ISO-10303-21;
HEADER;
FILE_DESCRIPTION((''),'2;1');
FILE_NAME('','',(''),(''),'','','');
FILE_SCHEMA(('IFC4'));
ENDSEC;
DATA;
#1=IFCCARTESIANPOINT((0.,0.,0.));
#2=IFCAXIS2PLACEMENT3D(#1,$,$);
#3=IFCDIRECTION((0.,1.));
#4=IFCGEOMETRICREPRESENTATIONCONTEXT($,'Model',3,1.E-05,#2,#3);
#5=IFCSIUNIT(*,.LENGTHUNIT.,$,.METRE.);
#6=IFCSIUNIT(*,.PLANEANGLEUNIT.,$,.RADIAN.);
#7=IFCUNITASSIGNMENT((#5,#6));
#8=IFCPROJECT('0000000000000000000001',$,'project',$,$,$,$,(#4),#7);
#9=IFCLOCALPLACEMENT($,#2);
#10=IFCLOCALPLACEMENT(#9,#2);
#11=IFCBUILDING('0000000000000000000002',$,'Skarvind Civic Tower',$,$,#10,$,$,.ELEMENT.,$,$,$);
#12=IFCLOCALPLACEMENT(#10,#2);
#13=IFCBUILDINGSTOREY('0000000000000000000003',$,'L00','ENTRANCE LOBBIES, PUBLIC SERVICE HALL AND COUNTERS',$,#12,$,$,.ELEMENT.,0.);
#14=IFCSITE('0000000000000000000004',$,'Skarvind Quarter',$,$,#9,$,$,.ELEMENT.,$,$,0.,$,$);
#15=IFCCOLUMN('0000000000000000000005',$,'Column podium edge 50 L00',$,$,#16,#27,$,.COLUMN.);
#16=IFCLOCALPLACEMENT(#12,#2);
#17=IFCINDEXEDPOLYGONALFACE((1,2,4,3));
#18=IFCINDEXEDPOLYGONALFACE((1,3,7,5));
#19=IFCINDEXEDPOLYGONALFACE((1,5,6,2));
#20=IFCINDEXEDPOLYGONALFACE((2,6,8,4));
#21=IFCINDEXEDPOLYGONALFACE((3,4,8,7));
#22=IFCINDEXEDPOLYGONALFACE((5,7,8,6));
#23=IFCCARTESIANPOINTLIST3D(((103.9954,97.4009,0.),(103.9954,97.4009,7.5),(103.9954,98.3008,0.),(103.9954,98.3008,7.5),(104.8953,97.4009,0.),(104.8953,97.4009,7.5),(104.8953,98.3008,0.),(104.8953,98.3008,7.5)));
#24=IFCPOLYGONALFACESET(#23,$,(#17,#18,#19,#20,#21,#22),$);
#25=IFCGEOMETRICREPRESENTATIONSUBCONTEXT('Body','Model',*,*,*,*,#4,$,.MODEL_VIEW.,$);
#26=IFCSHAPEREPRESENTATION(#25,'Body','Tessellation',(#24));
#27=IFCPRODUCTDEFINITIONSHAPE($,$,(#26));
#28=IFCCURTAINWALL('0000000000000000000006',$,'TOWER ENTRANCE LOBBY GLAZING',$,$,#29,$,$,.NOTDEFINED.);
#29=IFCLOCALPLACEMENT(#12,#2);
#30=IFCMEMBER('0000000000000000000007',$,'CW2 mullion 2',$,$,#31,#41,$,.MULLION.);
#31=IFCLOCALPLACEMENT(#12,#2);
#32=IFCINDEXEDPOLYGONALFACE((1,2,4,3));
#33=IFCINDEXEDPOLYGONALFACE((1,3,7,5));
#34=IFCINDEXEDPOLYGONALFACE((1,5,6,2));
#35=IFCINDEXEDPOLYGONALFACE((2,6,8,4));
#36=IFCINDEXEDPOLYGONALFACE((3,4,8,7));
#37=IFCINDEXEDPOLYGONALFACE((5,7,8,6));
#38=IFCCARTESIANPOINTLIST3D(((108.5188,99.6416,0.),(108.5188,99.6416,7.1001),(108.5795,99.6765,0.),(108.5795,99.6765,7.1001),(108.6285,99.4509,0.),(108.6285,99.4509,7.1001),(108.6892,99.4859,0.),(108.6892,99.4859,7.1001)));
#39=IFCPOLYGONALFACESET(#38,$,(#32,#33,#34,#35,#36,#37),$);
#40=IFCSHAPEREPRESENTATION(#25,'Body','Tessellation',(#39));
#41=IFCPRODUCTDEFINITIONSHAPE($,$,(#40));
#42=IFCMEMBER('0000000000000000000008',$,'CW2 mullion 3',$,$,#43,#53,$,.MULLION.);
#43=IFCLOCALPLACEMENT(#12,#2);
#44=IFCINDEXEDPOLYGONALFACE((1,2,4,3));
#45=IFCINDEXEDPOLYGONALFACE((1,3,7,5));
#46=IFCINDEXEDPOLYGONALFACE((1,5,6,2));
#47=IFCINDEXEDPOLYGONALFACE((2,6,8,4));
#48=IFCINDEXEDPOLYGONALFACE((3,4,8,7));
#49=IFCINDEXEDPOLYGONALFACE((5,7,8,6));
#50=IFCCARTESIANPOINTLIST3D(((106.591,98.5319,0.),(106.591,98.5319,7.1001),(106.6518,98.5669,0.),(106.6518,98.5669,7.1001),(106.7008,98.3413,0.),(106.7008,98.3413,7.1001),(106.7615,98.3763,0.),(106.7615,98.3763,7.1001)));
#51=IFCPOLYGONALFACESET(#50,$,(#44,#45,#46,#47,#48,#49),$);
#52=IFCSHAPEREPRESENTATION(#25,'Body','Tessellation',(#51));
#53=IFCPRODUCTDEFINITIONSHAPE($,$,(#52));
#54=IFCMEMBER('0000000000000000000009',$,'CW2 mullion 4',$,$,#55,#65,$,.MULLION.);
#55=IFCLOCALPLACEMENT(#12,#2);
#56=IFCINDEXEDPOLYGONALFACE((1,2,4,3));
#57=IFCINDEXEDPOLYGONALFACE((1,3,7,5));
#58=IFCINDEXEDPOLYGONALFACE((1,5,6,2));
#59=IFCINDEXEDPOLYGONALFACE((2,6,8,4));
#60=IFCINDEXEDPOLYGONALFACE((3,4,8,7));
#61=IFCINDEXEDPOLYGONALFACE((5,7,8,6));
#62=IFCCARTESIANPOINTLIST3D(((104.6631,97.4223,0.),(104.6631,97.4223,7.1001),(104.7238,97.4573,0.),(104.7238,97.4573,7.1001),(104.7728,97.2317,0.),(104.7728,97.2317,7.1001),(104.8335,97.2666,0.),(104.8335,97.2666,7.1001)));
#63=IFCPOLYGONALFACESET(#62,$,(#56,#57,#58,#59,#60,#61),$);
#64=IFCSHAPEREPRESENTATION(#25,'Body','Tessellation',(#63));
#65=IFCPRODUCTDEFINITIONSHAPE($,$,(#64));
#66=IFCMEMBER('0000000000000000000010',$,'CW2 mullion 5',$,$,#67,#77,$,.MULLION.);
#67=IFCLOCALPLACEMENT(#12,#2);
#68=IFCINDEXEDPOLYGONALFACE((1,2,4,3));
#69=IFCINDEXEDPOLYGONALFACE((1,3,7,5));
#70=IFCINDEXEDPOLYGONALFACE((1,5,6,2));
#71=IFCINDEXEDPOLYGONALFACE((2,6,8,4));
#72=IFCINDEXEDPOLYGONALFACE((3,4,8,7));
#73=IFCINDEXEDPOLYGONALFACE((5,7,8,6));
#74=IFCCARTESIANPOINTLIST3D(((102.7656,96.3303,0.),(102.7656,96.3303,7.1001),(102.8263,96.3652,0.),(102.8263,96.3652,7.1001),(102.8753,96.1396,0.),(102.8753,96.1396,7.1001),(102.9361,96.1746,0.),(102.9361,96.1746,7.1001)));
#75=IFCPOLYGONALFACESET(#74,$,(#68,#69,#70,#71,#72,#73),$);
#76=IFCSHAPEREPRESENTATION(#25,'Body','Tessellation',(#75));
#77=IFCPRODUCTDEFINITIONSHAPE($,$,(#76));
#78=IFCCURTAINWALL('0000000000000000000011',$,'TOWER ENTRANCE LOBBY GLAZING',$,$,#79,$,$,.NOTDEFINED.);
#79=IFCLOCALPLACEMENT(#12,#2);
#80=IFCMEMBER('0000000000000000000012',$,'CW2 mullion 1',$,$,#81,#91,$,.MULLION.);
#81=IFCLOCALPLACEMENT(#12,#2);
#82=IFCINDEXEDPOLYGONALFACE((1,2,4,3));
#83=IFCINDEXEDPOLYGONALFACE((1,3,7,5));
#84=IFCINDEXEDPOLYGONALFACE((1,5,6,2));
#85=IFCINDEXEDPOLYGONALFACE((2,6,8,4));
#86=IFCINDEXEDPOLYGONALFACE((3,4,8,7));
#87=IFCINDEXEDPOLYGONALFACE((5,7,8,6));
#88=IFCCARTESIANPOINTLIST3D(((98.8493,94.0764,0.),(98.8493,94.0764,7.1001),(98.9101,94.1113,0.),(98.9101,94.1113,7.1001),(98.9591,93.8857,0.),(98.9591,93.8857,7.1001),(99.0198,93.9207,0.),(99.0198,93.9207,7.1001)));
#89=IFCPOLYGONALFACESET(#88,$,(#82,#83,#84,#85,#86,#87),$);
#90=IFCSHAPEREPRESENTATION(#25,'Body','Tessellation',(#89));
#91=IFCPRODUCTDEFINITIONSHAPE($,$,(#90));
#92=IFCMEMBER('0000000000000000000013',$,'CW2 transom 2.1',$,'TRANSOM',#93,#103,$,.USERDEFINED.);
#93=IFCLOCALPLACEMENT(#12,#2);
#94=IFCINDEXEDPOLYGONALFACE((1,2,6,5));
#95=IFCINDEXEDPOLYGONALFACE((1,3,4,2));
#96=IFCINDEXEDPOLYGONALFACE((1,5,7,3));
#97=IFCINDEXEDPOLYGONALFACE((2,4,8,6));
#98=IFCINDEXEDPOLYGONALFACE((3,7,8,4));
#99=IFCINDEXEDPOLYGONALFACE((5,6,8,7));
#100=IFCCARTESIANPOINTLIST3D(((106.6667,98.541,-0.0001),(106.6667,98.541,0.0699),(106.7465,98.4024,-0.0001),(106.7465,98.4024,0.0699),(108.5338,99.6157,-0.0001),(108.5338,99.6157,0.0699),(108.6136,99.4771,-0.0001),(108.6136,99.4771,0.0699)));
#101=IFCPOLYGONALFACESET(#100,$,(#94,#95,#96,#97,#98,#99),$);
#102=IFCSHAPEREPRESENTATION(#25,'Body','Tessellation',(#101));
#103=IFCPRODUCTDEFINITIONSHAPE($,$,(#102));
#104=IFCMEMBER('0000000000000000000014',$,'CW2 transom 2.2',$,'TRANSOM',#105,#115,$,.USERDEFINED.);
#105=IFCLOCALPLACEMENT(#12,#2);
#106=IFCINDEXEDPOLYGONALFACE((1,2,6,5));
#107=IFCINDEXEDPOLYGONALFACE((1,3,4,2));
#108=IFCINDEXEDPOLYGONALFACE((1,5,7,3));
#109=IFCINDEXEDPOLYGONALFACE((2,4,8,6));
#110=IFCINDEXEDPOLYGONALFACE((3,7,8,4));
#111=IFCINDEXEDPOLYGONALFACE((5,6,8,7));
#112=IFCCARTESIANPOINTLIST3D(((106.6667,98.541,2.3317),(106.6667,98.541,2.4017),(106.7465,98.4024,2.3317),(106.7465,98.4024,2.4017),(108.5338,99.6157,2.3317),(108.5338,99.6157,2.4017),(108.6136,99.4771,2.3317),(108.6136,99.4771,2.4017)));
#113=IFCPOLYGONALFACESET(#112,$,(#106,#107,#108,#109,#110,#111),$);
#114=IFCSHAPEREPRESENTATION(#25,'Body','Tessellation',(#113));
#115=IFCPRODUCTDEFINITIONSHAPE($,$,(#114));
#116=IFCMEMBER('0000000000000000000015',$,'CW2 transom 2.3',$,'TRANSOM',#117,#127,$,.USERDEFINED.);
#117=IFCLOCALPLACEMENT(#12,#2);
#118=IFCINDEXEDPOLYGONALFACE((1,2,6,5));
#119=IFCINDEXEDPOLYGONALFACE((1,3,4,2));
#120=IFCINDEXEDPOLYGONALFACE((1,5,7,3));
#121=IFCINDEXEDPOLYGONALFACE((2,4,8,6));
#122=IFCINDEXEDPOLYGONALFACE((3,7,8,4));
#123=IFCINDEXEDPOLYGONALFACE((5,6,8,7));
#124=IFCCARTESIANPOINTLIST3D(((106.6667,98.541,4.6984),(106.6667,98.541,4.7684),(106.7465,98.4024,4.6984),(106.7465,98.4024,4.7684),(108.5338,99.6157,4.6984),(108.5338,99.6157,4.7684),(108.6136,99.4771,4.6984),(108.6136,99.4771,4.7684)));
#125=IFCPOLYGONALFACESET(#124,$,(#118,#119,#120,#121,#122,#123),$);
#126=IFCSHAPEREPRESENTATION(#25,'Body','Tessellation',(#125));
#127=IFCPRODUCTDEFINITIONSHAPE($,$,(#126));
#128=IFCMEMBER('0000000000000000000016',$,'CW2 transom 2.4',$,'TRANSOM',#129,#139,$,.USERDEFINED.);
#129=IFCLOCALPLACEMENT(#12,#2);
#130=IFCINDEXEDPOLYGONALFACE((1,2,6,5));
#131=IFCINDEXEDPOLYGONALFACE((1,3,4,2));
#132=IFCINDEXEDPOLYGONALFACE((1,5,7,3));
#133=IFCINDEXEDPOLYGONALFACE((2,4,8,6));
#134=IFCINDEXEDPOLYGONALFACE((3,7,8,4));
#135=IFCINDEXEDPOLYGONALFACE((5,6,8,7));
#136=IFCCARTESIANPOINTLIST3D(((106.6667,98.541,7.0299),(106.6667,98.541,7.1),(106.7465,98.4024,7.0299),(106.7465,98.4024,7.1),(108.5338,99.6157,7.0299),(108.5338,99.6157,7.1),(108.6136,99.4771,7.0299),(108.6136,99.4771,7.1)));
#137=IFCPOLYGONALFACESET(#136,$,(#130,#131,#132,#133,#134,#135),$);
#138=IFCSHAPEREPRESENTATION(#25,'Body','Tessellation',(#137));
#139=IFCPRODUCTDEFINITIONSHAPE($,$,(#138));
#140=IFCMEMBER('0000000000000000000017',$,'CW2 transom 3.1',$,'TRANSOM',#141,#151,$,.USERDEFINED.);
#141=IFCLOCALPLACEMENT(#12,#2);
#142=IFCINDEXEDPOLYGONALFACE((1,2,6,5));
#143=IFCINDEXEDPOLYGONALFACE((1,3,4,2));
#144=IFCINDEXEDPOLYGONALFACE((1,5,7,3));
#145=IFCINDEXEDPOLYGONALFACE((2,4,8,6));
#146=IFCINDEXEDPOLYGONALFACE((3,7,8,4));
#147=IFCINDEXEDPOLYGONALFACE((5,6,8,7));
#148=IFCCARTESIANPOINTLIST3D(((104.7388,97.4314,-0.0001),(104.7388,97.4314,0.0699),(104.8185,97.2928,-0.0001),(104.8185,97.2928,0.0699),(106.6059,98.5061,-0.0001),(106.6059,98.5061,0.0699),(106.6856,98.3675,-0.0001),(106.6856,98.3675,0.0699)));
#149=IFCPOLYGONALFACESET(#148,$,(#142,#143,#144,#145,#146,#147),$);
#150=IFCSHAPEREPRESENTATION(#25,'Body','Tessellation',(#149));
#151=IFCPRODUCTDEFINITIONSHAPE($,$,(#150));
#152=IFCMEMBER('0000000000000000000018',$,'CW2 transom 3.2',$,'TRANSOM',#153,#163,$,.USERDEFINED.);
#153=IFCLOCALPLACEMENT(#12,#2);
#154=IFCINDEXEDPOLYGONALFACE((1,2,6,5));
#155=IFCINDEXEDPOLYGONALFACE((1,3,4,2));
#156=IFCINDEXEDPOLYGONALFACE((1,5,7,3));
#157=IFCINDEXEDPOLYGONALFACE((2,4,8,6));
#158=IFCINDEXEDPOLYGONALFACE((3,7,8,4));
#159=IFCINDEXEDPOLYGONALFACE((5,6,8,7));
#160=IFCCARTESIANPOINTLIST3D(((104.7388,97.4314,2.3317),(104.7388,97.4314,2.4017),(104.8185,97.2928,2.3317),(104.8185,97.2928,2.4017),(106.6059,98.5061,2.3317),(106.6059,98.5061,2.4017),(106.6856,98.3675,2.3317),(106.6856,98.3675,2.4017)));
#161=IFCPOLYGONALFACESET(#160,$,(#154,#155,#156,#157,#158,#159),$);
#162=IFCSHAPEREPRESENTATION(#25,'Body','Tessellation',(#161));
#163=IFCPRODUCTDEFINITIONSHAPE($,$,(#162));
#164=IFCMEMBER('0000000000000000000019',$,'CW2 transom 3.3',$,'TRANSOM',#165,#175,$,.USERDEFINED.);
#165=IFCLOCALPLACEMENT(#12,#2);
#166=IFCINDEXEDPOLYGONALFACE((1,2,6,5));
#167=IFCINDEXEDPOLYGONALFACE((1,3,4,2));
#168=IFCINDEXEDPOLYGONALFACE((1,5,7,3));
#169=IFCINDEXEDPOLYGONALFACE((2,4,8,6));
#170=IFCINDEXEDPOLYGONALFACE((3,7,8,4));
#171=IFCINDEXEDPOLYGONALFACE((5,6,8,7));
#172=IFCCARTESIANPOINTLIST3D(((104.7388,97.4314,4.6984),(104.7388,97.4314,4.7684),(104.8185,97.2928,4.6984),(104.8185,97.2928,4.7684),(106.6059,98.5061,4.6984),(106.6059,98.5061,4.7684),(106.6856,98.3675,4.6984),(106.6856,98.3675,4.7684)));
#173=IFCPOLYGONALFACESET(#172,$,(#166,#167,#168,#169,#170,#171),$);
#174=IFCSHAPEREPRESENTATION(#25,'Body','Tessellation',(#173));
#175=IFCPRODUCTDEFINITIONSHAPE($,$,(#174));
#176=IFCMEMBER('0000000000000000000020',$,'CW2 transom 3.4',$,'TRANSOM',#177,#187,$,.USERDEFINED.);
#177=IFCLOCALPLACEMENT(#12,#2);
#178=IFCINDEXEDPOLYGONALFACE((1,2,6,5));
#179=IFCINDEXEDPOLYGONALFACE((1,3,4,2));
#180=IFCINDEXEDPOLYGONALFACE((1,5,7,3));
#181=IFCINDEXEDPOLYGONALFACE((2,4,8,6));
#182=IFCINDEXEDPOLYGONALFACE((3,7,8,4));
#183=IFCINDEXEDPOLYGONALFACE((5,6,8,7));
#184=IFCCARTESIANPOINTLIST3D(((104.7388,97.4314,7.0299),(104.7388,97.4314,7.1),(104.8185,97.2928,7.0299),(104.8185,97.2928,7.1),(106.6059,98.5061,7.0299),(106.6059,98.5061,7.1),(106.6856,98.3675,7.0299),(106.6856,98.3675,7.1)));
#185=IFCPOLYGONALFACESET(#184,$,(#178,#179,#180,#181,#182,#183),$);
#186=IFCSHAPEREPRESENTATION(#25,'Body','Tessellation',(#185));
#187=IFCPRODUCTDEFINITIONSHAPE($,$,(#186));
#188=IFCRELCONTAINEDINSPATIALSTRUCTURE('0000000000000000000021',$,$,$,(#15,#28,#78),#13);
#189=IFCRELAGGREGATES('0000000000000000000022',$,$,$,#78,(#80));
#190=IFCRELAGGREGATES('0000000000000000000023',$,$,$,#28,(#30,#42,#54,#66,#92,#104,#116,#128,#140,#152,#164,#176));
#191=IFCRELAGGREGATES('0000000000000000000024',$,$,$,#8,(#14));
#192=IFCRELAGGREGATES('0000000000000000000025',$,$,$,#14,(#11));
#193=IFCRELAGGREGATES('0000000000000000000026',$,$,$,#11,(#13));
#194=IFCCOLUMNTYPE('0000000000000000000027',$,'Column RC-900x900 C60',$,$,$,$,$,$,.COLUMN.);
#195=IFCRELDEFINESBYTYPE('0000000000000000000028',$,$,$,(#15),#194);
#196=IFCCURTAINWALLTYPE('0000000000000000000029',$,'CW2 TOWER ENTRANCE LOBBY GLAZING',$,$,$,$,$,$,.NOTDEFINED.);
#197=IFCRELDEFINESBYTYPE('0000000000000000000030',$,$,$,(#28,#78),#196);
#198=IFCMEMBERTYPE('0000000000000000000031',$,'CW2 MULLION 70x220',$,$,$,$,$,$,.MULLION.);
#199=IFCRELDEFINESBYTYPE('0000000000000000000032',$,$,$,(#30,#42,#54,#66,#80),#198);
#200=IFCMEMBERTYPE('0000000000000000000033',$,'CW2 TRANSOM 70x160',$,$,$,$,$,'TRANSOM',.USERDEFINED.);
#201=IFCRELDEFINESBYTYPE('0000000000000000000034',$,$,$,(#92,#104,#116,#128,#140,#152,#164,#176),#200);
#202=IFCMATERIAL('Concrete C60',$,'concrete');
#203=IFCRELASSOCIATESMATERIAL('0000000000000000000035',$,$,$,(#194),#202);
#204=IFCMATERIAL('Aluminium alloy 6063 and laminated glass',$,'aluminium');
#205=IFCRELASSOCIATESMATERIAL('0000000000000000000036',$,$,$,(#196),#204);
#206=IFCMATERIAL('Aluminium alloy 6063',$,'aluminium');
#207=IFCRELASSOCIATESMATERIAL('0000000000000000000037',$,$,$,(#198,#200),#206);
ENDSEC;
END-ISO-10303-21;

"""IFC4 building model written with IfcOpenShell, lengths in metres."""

from ifc_helpers import new_model, si_unit, direction, frame, origin, origin_2d, place, context, subcontext, project, spatial, rectangle, extrude, material, material_profile, profile_set, type_object, element, aggregate, save


model = new_model("IFC4")

# Units and contexts
model_context = context("Model", 3, precision=1e-05, world=origin(), true_north=direction((0.0, 1.0)))
body_context = subcontext(model_context, "Body", "Model", "MODEL_VIEW")
ifc_project = project(units=[si_unit("LENGTHUNIT", "METRE"), si_unit("PLANEANGLEUNIT", "RADIAN")], contexts=[model_context])

# Site, building, storey
site_placement = place(None, origin())
site = spatial("IfcSite", under=ifc_project, at=site_placement, Name="Skarvind Quarter", CompositionType="ELEMENT", RefElevation=0.0)
building_placement = place(site_placement, origin())
building = spatial("IfcBuilding", under=site, at=building_placement, Name="Skarvind Civic Tower", CompositionType="ELEMENT")
storey_placement = place(building_placement, origin())
storey = spatial("IfcBuildingStorey", under=building, at=storey_placement, Name="L00", Description="ENTRANCE LOBBIES, PUBLIC SERVICE HALL AND COUNTERS", CompositionType="ELEMENT", Elevation=0.0)

# Column
ifc_material_1 = material(Name="Concrete C60", Category="concrete")
ifc_material_profile_1 = material_profile(ifc_material_1, rectangle(XDim=0.8999, YDim=0.8999, at=origin_2d()), Name="RC-900x900")
ifc_profile_set_1 = profile_set([ifc_material_profile_1], Name="Concrete C60")
column_type = type_object("IfcColumnType", Name="Column RC-900x900 C60", PredefinedType="COLUMN", material=ifc_profile_set_1)
column_placement = place(storey_placement, frame((104.4453, 97.8508, 0.0), z_axis=(0.0, 0.0, 1.0), x_axis=(1.0, 0.0, 0.0)))
element("IfcColumn", 1, at=column_placement, inside=storey, type_object=column_type, Name="Column podium edge 50 L00", PredefinedType="COLUMN", context=body_context, shape_type="SweptSolid", body=[
    extrude(rectangle(XDim=0.8999, YDim=0.8999, at=origin_2d()), origin(), (0.0, 0.0, 1.0), 7.5),
])

# Curtain wall, members
ifc_material_2 = material(Name="Aluminium alloy 6063 and laminated glass", Category="aluminium")
curtain_wall_type = type_object("IfcCurtainWallType", Name="CW2 TOWER ENTRANCE LOBBY GLAZING", PredefinedType="NOTDEFINED", material=ifc_material_2)
curtain_wall_1_placement = place(storey_placement, origin())
curtain_wall_1 = element("IfcCurtainWall", 2, at=curtain_wall_1_placement, inside=storey, type_object=curtain_wall_type, Name="TOWER ENTRANCE LOBBY GLAZING", PredefinedType="NOTDEFINED")
ifc_material_3 = material(Name="Aluminium alloy 6063", Category="aluminium")
ifc_material_profile_2 = material_profile(ifc_material_3, rectangle(XDim=0.22, YDim=0.0701, at=origin_2d()), Name="AL 70x220")
ifc_profile_set_2 = profile_set([ifc_material_profile_2], Name="Aluminium alloy 6063")
member_type_1 = type_object("IfcMemberType", Name="CW2 MULLION 70x220", PredefinedType="MULLION", material=ifc_profile_set_2)
member_1_placement = place(storey_placement, frame((108.604, 99.5637, 0.0), z_axis=(0.0, 0.0, 1.0), x_axis=(0.49883, -0.8667, 0.0)))
member_1 = element("IfcMember", 3, at=member_1_placement, type_object=member_type_1, Name="CW2 mullion 2", PredefinedType="MULLION", context=body_context, shape_type="SweptSolid", body=[
    extrude(rectangle(XDim=0.22, YDim=0.0701, at=origin_2d()), origin(), (0.0, 0.0, 1.0), 7.1001),
])
member_2_placement = place(storey_placement, frame((106.6763, 98.4541, 0.0), z_axis=(0.0, 0.0, 1.0), x_axis=(0.49883, -0.8667, 0.0)))
member_2 = element("IfcMember", 4, at=member_2_placement, type_object=member_type_1, Name="CW2 mullion 3", PredefinedType="MULLION", context=body_context, shape_type="SweptSolid", body=[
    extrude(rectangle(XDim=0.22, YDim=0.0701, at=origin_2d()), origin(), (0.0, 0.0, 1.0), 7.1001),
])
member_3_placement = place(storey_placement, frame((104.7483, 97.3445, 0.0), z_axis=(0.0, 0.0, 1.0), x_axis=(0.49883, -0.8667, 0.0)))
member_3 = element("IfcMember", 5, at=member_3_placement, type_object=member_type_1, Name="CW2 mullion 4", PredefinedType="MULLION", context=body_context, shape_type="SweptSolid", body=[
    extrude(rectangle(XDim=0.22, YDim=0.0701, at=origin_2d()), origin(), (0.0, 0.0, 1.0), 7.1001),
])
member_4_placement = place(storey_placement, frame((102.8508, 96.2524, 0.0), z_axis=(0.0, 0.0, 1.0), x_axis=(0.49883, -0.8667, 0.0)))
member_4 = element("IfcMember", 6, at=member_4_placement, type_object=member_type_1, Name="CW2 mullion 5", PredefinedType="MULLION", context=body_context, shape_type="SweptSolid", body=[
    extrude(rectangle(XDim=0.22, YDim=0.0701, at=origin_2d()), origin(), (0.0, 0.0, 1.0), 7.1001),
])

# Curtain wall, member
curtain_wall_2_placement = place(storey_placement, origin())
curtain_wall_2 = element("IfcCurtainWall", 7, at=curtain_wall_2_placement, inside=storey, type_object=curtain_wall_type, Name="TOWER ENTRANCE LOBBY GLAZING", PredefinedType="NOTDEFINED")
member_5_placement = place(storey_placement, frame((98.9346, 93.9985, 0.0), z_axis=(0.0, 0.0, 1.0), x_axis=(0.49883, -0.8667, 0.0)))
member_5 = element("IfcMember", 8, at=member_5_placement, type_object=member_type_1, Name="CW2 mullion 1", PredefinedType="MULLION", context=body_context, shape_type="SweptSolid", body=[
    extrude(rectangle(XDim=0.22, YDim=0.0701, at=origin_2d()), origin(), (0.0, 0.0, 1.0), 7.1001),
])

# Members
ifc_material_profile_3 = material_profile(ifc_material_3, rectangle(XDim=0.1599, YDim=0.0701, at=origin_2d()), Name="AL 70x160")
ifc_profile_set_3 = profile_set([ifc_material_profile_3], Name="Aluminium alloy 6063")
member_type_2 = type_object("IfcMemberType", Name="CW2 TRANSOM 70x160", ElementType="TRANSOM", PredefinedType="USERDEFINED", material=ifc_profile_set_3)
member_6_placement = place(storey_placement, frame((108.5737, 99.5464, 0.0349), z_axis=(-0.866691, -0.498846, 0.0), x_axis=(0.498846, -0.866691, 0.0)))
member_6 = element("IfcMember", 9, at=member_6_placement, type_object=member_type_2, Name="CW2 transom 2.1", ObjectType="TRANSOM", PredefinedType="USERDEFINED", context=body_context, shape_type="SweptSolid", body=[
    extrude(rectangle(XDim=0.1599, YDim=0.0701, at=origin_2d()), origin(), (0.0, 0.0, 1.0), 2.1543),
])
member_7_placement = place(storey_placement, frame((108.5737, 99.5464, 2.3667), z_axis=(-0.866691, -0.498846, 0.0), x_axis=(0.498846, -0.866691, 0.0)))
member_7 = element("IfcMember", 10, at=member_7_placement, type_object=member_type_2, Name="CW2 transom 2.2", ObjectType="TRANSOM", PredefinedType="USERDEFINED", context=body_context, shape_type="SweptSolid", body=[
    extrude(rectangle(XDim=0.1599, YDim=0.0701, at=origin_2d()), origin(), (0.0, 0.0, 1.0), 2.1543),
])
member_8_placement = place(storey_placement, frame((108.5737, 99.5464, 4.7334), z_axis=(-0.866691, -0.498846, 0.0), x_axis=(0.498846, -0.866691, 0.0)))
member_8 = element("IfcMember", 11, at=member_8_placement, type_object=member_type_2, Name="CW2 transom 2.3", ObjectType="TRANSOM", PredefinedType="USERDEFINED", context=body_context, shape_type="SweptSolid", body=[
    extrude(rectangle(XDim=0.1599, YDim=0.0701, at=origin_2d()), origin(), (0.0, 0.0, 1.0), 2.1543),
])
member_9_placement = place(storey_placement, frame((108.5737, 99.5464, 7.0649), z_axis=(-0.866691, -0.498846, 0.0), x_axis=(0.498846, -0.866691, 0.0)))
member_9 = element("IfcMember", 12, at=member_9_placement, type_object=member_type_2, Name="CW2 transom 2.4", ObjectType="TRANSOM", PredefinedType="USERDEFINED", context=body_context, shape_type="SweptSolid", body=[
    extrude(rectangle(XDim=0.1599, YDim=0.0701, at=origin_2d()), origin(), (0.0, 0.0, 1.0), 2.1543),
])
member_10_placement = place(storey_placement, frame((106.6458, 98.4368, 0.0349), z_axis=(-0.866691, -0.498846, 0.0), x_axis=(0.498846, -0.866691, 0.0)))
member_10 = element("IfcMember", 13, at=member_10_placement, type_object=member_type_2, Name="CW2 transom 3.1", ObjectType="TRANSOM", PredefinedType="USERDEFINED", context=body_context, shape_type="SweptSolid", body=[
    extrude(rectangle(XDim=0.1599, YDim=0.0701, at=origin_2d()), origin(), (0.0, 0.0, 1.0), 2.1543),
])
member_11_placement = place(storey_placement, frame((106.6458, 98.4368, 2.3667), z_axis=(-0.866691, -0.498846, 0.0), x_axis=(0.498846, -0.866691, 0.0)))
member_11 = element("IfcMember", 14, at=member_11_placement, type_object=member_type_2, Name="CW2 transom 3.2", ObjectType="TRANSOM", PredefinedType="USERDEFINED", context=body_context, shape_type="SweptSolid", body=[
    extrude(rectangle(XDim=0.1599, YDim=0.0701, at=origin_2d()), origin(), (0.0, 0.0, 1.0), 2.1543),
])
member_12_placement = place(storey_placement, frame((106.6458, 98.4368, 4.7334), z_axis=(-0.866691, -0.498846, 0.0), x_axis=(0.498846, -0.866691, 0.0)))
member_12 = element("IfcMember", 15, at=member_12_placement, type_object=member_type_2, Name="CW2 transom 3.3", ObjectType="TRANSOM", PredefinedType="USERDEFINED", context=body_context, shape_type="SweptSolid", body=[
    extrude(rectangle(XDim=0.1599, YDim=0.0701, at=origin_2d()), origin(), (0.0, 0.0, 1.0), 2.1543),
])
member_13_placement = place(storey_placement, frame((106.6458, 98.4368, 7.0649), z_axis=(-0.866691, -0.498846, 0.0), x_axis=(0.498846, -0.866691, 0.0)))
member_13 = element("IfcMember", 16, at=member_13_placement, type_object=member_type_2, Name="CW2 transom 3.4", ObjectType="TRANSOM", PredefinedType="USERDEFINED", context=body_context, shape_type="SweptSolid", body=[
    extrude(rectangle(XDim=0.1599, YDim=0.0701, at=origin_2d()), origin(), (0.0, 0.0, 1.0), 2.1543),
])
aggregate(curtain_wall_2, [member_5])

aggregate(curtain_wall_1, [member_1, member_2, member_3, member_4, member_6, member_7, member_8, member_9, member_10, member_11, member_12, member_13])

save(model, "model.ifc")
